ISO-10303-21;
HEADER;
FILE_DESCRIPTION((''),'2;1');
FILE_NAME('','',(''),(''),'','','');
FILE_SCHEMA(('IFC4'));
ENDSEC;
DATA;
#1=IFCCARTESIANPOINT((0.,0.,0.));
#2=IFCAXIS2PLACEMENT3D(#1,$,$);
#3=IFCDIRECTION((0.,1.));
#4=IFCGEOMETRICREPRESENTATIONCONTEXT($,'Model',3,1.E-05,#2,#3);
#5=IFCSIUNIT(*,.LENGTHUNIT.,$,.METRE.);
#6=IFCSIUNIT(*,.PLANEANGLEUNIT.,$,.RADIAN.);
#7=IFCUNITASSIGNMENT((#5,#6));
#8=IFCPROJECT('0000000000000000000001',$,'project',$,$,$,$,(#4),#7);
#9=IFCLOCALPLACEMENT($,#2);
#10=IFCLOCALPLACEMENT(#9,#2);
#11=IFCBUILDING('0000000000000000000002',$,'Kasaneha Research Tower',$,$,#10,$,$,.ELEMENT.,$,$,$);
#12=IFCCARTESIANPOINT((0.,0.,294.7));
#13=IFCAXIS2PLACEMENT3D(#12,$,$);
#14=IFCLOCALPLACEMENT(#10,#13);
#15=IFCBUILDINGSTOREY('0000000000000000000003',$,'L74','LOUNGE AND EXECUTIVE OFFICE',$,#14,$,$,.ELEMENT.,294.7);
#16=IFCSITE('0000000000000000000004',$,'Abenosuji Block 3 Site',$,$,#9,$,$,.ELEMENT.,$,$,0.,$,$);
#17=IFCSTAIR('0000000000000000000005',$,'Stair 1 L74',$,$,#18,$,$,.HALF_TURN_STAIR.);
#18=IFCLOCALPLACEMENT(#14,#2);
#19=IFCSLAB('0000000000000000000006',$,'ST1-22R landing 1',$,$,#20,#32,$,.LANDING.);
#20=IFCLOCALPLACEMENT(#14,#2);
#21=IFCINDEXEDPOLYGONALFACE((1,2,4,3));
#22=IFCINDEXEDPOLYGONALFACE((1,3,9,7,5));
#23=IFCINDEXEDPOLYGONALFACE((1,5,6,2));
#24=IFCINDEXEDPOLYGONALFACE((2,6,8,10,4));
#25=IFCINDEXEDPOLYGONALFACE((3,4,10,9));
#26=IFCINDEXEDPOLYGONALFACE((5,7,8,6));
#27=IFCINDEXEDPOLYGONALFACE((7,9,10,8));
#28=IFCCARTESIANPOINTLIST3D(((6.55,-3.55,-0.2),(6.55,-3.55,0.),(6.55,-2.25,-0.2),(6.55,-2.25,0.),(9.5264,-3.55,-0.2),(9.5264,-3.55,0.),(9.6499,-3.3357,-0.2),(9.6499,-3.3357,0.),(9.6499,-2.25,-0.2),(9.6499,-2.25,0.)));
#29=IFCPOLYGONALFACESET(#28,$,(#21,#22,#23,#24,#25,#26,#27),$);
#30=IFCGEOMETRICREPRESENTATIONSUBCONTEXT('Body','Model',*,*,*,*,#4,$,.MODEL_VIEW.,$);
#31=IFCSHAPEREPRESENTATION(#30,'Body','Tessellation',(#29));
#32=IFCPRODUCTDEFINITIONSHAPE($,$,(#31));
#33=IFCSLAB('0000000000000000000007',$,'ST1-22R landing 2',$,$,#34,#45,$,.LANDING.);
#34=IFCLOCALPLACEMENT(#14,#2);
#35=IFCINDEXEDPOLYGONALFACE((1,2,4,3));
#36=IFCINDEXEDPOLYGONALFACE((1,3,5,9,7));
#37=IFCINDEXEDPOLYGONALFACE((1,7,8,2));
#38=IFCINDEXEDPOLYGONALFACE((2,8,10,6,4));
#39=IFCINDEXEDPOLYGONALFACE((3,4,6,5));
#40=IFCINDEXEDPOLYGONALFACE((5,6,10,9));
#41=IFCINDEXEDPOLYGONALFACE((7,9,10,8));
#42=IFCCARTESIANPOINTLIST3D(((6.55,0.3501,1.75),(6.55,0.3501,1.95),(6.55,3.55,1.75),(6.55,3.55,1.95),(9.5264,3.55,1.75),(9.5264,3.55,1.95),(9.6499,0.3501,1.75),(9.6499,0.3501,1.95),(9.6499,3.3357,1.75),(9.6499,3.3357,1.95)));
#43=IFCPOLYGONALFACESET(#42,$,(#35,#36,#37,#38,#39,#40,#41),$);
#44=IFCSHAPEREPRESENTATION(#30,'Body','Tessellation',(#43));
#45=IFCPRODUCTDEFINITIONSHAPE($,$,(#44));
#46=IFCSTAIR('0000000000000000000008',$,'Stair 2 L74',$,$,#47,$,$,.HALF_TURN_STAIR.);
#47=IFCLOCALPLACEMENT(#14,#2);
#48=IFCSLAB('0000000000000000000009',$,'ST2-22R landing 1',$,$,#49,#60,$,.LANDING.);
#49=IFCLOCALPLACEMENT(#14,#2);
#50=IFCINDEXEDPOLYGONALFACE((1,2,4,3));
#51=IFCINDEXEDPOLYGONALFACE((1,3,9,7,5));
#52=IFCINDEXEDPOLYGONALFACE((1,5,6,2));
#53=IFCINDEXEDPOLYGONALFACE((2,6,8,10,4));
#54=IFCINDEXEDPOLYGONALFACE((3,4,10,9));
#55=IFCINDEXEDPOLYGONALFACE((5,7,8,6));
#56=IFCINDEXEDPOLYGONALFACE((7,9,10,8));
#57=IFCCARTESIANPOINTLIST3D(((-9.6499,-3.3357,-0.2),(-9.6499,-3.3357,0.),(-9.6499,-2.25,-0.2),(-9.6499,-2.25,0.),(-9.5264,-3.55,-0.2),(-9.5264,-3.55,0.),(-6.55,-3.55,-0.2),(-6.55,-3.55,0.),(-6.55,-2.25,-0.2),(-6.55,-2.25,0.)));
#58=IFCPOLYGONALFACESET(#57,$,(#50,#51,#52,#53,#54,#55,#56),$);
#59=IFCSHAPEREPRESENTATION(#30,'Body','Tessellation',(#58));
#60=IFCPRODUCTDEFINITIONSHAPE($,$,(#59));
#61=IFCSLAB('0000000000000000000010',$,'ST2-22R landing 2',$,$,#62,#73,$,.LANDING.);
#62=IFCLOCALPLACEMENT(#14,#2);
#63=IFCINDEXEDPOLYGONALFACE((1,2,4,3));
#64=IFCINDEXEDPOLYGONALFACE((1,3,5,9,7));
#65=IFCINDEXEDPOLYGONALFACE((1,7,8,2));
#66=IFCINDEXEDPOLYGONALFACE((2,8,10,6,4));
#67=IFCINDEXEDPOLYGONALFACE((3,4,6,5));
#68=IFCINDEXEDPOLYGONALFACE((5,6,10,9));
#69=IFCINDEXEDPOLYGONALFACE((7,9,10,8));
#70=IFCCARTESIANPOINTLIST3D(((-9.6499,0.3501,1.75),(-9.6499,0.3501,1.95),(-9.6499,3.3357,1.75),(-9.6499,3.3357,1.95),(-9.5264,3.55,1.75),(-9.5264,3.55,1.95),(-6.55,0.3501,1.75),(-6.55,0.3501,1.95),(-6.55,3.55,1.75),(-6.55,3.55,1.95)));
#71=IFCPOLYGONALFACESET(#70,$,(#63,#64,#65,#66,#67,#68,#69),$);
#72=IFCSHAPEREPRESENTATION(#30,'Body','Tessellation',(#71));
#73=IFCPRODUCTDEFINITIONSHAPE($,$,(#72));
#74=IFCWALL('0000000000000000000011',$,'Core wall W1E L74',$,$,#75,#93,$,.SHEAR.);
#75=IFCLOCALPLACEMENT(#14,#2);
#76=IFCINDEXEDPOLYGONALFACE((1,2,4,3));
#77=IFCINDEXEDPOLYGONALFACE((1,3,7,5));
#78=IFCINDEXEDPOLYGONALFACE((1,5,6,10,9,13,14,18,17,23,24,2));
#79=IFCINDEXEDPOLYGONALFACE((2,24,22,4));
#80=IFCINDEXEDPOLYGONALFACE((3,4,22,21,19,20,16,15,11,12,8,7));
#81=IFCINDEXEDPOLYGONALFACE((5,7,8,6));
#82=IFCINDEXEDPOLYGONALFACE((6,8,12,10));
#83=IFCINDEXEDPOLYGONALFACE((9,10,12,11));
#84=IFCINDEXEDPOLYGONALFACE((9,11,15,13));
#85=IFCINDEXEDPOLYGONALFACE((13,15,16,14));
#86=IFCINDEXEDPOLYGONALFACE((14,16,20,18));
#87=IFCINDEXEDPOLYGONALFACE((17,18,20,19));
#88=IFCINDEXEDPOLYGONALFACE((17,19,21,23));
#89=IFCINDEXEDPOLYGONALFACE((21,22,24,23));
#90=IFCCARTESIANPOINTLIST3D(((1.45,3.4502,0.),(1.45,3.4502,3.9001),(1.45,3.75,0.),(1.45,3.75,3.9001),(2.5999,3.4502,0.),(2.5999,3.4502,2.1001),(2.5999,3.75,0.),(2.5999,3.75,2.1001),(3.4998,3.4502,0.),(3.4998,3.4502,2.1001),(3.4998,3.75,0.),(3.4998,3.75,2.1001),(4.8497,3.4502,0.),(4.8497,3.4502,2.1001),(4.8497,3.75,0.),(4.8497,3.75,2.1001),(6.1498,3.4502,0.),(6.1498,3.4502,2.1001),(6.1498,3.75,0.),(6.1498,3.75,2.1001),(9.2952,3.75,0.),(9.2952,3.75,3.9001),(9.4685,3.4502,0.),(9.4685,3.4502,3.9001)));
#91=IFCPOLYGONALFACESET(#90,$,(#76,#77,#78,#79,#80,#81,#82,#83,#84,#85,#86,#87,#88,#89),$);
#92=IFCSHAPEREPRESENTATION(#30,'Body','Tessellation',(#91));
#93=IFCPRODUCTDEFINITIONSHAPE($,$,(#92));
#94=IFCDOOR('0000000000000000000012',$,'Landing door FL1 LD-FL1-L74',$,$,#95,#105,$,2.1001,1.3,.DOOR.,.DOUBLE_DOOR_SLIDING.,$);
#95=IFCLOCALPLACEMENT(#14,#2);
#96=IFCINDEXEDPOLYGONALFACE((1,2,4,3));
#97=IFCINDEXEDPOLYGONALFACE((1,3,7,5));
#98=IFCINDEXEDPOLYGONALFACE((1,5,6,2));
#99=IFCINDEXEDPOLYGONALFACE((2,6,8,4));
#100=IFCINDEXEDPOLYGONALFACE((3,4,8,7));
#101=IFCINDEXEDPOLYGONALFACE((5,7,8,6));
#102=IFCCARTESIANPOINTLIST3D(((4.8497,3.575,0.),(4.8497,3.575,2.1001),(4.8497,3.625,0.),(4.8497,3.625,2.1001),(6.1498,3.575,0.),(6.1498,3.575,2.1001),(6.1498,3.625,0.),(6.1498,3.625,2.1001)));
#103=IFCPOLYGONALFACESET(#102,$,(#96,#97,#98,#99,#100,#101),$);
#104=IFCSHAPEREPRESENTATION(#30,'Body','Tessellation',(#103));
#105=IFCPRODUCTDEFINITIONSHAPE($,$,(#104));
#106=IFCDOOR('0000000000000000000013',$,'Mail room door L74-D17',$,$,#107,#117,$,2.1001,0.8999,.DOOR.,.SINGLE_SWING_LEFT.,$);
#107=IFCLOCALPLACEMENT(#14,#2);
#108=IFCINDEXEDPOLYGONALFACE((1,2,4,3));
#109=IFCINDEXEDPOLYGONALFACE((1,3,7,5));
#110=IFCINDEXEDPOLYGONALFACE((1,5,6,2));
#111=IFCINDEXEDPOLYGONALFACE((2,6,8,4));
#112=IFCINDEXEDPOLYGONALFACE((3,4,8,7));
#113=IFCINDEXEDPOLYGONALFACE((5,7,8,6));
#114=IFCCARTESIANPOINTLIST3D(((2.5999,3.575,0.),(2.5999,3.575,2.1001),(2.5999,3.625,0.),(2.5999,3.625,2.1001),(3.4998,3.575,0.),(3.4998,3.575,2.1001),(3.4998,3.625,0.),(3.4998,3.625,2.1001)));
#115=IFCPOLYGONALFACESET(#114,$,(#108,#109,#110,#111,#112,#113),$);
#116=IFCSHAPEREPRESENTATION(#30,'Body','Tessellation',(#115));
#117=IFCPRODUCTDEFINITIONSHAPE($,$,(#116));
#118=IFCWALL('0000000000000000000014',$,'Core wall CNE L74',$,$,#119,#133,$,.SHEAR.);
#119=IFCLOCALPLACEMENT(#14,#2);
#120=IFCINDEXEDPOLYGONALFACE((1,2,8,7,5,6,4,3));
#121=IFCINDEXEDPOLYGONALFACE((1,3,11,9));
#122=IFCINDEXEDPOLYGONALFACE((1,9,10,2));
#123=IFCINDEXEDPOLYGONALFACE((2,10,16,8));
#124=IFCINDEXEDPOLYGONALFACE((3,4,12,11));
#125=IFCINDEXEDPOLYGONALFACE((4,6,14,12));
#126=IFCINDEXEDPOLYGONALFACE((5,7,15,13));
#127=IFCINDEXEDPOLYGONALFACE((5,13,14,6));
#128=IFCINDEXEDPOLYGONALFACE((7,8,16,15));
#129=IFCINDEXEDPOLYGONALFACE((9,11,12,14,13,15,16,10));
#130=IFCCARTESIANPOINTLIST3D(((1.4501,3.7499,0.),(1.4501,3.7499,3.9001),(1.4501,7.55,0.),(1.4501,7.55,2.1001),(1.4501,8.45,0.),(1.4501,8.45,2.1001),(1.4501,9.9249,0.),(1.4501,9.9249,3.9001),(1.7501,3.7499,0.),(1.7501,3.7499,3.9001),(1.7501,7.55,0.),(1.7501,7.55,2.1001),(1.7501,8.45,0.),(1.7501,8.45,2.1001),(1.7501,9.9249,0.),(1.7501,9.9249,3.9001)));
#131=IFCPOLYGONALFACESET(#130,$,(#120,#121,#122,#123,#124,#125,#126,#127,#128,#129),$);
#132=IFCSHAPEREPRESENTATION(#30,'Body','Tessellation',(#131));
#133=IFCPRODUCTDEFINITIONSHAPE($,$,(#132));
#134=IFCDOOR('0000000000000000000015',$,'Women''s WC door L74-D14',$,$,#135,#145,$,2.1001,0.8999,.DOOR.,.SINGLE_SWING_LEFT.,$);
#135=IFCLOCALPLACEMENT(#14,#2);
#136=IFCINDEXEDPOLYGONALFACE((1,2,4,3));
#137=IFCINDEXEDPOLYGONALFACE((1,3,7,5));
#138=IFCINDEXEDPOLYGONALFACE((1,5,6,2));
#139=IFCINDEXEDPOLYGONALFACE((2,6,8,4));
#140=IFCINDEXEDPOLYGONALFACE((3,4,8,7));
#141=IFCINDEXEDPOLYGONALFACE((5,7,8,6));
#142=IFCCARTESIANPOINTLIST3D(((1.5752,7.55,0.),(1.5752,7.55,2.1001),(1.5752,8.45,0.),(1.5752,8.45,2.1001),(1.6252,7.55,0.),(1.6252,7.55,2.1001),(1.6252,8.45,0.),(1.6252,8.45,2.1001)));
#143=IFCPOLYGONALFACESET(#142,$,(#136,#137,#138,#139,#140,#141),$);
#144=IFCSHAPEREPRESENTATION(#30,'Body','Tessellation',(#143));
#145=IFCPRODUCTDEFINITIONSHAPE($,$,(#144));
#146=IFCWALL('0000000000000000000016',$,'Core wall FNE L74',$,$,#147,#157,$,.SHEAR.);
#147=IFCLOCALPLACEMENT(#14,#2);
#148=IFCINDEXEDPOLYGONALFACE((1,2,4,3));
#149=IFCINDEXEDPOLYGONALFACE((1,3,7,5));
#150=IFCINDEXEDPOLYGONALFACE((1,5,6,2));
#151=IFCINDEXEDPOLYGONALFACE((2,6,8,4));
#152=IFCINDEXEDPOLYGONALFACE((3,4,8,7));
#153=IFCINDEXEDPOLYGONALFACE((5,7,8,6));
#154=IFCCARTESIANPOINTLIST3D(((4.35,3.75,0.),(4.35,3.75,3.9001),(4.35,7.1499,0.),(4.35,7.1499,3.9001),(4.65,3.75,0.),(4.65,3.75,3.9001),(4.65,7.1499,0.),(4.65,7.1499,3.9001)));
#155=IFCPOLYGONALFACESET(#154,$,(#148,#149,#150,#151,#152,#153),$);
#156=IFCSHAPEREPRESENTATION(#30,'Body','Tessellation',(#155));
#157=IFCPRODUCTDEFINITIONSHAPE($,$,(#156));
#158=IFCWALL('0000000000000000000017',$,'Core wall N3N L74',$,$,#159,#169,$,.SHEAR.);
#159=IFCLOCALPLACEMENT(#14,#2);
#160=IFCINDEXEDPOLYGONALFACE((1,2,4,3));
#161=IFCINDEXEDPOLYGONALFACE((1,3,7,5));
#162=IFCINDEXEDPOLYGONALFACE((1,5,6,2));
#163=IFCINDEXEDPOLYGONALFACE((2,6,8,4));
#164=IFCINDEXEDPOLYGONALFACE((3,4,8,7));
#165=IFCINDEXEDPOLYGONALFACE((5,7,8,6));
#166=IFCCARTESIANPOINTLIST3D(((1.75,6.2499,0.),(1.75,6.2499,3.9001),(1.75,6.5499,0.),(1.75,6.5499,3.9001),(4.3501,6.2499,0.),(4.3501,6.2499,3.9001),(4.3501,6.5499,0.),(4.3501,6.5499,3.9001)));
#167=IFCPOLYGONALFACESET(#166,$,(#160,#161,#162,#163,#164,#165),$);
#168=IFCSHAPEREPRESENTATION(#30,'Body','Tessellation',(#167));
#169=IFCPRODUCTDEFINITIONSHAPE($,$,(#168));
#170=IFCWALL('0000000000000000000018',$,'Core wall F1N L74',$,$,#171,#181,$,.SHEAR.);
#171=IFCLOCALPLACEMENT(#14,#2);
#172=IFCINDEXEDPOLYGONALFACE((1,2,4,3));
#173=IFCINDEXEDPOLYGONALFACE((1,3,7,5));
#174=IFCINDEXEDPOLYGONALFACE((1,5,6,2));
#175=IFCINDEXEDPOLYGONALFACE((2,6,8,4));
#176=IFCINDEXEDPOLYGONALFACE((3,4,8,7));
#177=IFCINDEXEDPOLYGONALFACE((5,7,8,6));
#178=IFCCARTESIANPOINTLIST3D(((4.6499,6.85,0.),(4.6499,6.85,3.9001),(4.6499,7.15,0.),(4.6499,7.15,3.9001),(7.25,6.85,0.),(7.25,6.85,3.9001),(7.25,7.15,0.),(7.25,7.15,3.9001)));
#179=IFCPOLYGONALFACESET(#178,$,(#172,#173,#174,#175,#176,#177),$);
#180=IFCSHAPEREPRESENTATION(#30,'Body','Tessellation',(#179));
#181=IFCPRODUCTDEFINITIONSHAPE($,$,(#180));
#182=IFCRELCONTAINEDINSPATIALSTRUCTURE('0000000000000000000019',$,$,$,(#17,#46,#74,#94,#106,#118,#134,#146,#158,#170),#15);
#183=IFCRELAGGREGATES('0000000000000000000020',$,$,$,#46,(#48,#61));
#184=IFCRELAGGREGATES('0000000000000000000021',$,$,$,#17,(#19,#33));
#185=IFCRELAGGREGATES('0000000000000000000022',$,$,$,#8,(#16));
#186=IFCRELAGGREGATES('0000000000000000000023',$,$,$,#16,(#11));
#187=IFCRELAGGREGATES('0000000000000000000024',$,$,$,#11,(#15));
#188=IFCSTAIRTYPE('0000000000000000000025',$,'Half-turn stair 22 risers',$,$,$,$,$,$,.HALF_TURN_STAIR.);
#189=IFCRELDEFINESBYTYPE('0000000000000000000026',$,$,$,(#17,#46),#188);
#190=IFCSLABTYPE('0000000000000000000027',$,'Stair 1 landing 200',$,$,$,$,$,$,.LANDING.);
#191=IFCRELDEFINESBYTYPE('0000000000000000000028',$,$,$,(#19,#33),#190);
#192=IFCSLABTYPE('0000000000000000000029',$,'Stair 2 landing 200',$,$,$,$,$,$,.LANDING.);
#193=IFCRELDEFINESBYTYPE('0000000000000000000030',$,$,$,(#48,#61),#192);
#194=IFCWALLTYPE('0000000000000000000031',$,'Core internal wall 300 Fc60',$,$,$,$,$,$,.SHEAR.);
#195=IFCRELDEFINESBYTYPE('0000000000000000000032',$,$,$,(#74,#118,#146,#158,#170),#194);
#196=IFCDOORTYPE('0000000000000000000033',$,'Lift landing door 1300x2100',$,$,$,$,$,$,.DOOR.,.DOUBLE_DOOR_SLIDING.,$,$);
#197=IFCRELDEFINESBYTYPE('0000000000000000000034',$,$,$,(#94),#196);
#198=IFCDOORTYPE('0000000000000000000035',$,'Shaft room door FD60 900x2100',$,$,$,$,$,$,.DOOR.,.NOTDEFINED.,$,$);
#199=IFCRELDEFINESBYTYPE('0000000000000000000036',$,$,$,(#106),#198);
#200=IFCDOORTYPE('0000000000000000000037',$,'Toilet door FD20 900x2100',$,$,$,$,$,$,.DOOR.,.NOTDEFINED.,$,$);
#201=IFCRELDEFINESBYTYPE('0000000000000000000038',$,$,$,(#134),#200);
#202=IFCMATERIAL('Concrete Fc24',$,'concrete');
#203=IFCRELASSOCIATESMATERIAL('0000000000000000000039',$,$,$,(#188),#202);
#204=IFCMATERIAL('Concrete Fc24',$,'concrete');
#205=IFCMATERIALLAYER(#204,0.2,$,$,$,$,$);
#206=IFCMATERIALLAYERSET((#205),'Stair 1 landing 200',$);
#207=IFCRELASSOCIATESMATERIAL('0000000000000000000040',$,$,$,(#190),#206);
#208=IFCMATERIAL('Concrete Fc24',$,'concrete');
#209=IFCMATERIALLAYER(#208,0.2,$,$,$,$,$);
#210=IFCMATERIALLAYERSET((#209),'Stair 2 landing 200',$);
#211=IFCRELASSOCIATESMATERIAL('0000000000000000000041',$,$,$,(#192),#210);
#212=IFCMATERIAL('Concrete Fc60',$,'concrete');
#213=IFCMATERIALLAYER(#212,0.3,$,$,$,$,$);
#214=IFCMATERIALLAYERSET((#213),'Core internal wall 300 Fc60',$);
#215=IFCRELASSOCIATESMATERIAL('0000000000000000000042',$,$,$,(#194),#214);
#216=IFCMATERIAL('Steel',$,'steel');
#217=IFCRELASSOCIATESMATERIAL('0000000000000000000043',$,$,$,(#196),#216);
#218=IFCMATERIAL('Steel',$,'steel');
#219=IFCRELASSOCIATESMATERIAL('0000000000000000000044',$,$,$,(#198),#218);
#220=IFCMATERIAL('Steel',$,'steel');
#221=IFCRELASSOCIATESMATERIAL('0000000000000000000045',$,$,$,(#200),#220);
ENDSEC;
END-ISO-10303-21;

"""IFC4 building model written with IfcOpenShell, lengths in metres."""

from ifc_helpers import new_model, si_unit, direction, frame, frame_2d, origin, place, context, subcontext, project, spatial, polyline, rectangle, outline, extrude, material, layer, layer_set, type_object, element, fill, aggregate, save


model = new_model("IFC4")

# Units and contexts
model_context = context("Model", 3, precision=1e-05, world=origin(), true_north=direction((0.0, 1.0)))
body_context = subcontext(model_context, "Body", "Model", "MODEL_VIEW")
ifc_project = project(units=[si_unit("LENGTHUNIT", "METRE"), si_unit("PLANEANGLEUNIT", "RADIAN")], contexts=[model_context])

# Site, building, storey
site_placement = place(None, origin())
site = spatial("IfcSite", under=ifc_project, at=site_placement, Name="Abenosuji Block 3 Site", CompositionType="ELEMENT", RefElevation=0.0)
building_placement = place(site_placement, origin())
building = spatial("IfcBuilding", under=site, at=building_placement, Name="Kasaneha Research Tower", CompositionType="ELEMENT")
storey_placement = place(building_placement, frame((0.0, 0.0, 294.7)))
storey = spatial("IfcBuildingStorey", under=building, at=storey_placement, Name="L74", Description="LOUNGE AND EXECUTIVE OFFICE", CompositionType="ELEMENT", Elevation=294.7)

# Stairs, slabs
ifc_material_1 = material(Name="Concrete Fc24", Category="concrete")
stair_type = type_object("IfcStairType", Name="Half-turn stair 22 risers", PredefinedType="HALF_TURN_STAIR", material=ifc_material_1)
stair_1_placement = place(storey_placement, origin())
stair_1 = element("IfcStair", 1, at=stair_1_placement, inside=storey, type_object=stair_type, Name="Stair 1 L74", PredefinedType="HALF_TURN_STAIR")
ifc_material_2 = material(Name="Concrete Fc24", Category="concrete")
ifc_layer_1 = layer(ifc_material_2, 0.2)
ifc_layer_set_1 = layer_set([ifc_layer_1], Name="Stair 1 landing 200")
slab_type_1 = type_object("IfcSlabType", Name="Stair 1 landing 200", PredefinedType="LANDING", material=ifc_layer_set_1)
slab_1_placement = place(storey_placement, frame((0.0, 0.0, -0.2)))
slab_1 = element("IfcSlab", 2, at=slab_1_placement, type_object=slab_type_1, Name="ST1-22R landing 1", PredefinedType="LANDING", context=body_context, shape_type="SweptSolid", body=[
    extrude(outline(polyline([(9.5264, -3.55), (6.55, -3.55), (6.55, -2.25), (9.6499, -2.25), (9.6499, -3.3357), (9.5264, -3.55)])), origin(), (0.0, 0.0, 1.0), 0.2),
])
slab_2_placement = place(storey_placement, frame((0.0, 0.0, 1.75)))
slab_2 = element("IfcSlab", 3, at=slab_2_placement, type_object=slab_type_1, Name="ST1-22R landing 2", PredefinedType="LANDING", context=body_context, shape_type="SweptSolid", body=[
    extrude(outline(polyline([(6.55, 3.55), (9.5264, 3.55), (9.6499, 3.3357), (9.6499, 0.3501), (6.55, 0.3501), (6.55, 3.55)])), origin(), (0.0, 0.0, 1.0), 0.2),
])
stair_2_placement = place(storey_placement, origin())
stair_2 = element("IfcStair", 4, at=stair_2_placement, inside=storey, type_object=stair_type, Name="Stair 2 L74", PredefinedType="HALF_TURN_STAIR")
ifc_material_3 = material(Name="Concrete Fc24", Category="concrete")
ifc_layer_2 = layer(ifc_material_3, 0.2)
ifc_layer_set_2 = layer_set([ifc_layer_2], Name="Stair 2 landing 200")
slab_type_2 = type_object("IfcSlabType", Name="Stair 2 landing 200", PredefinedType="LANDING", material=ifc_layer_set_2)
slab_3_placement = place(storey_placement, frame((0.0, 0.0, -0.2)))
slab_3 = element("IfcSlab", 5, at=slab_3_placement, type_object=slab_type_2, Name="ST2-22R landing 1", PredefinedType="LANDING", context=body_context, shape_type="SweptSolid", body=[
    extrude(outline(polyline([(-6.55, -3.55), (-9.5264, -3.55), (-9.6499, -3.3357), (-9.6499, -2.25), (-6.55, -2.25), (-6.55, -3.55)])), origin(), (0.0, 0.0, 1.0), 0.2),
])
slab_4_placement = place(storey_placement, frame((0.0, 0.0, 1.75)))
slab_4 = element("IfcSlab", 6, at=slab_4_placement, type_object=slab_type_2, Name="ST2-22R landing 2", PredefinedType="LANDING", context=body_context, shape_type="SweptSolid", body=[
    extrude(outline(polyline([(-6.55, 0.3501), (-9.6499, 0.3501), (-9.6499, 3.3357), (-9.5264, 3.55), (-6.55, 3.55), (-6.55, 0.3501)])), origin(), (0.0, 0.0, 1.0), 0.2),
])
aggregate(stair_2, [slab_3, slab_4])

# Wall, openings, doors
ifc_material_4 = material(Name="Concrete Fc60", Category="concrete")
ifc_layer_3 = layer(ifc_material_4, 0.3)
ifc_layer_set_3 = layer_set([ifc_layer_3], Name="Core internal wall 300 Fc60")
wall_type_1 = type_object("IfcWallType", Name="Core internal wall 300 Fc60", PredefinedType="SHEAR", material=ifc_layer_set_3)
wall_1_placement = place(storey_placement, frame((1.45, 3.6001, 0.0), z_axis=(0.0, 0.0, 1.0), x_axis=(1.0, 0.0, 0.0)))
wall_1 = element("IfcWall", 7, at=wall_1_placement, inside=storey, type_object=wall_type_1, Name="Core wall W1E L74", PredefinedType="SHEAR", context=body_context, shape_type="SweptSolid", body=[
    extrude(outline(polyline([(0.0, -0.1499), (1.1499, -0.1499), (2.0498, -0.1499), (3.3999, -0.1499), (4.7, -0.1499), (8.0186, -0.1499), (7.8452, 0.1499), (4.7, 0.1499), (3.3999, 0.1499), (2.0498, 0.1499), (1.1499, 0.1499), (0.0, 0.1499), (0.0, -0.1499)])), origin(), (0.0, 0.0, 1.0), 3.9001),
])
opening_1_placement = place(wall_1_placement, frame((1.1499, 0.0, 0.0)))
opening_1 = element("IfcOpeningElement", 8, at=opening_1_placement, cuts=wall_1, PredefinedType="OPENING", context=body_context, shape_type="SweptSolid", body=[
    extrude(rectangle(XDim=0.8999, YDim=2.1001, at=frame_2d((0.45, 1.05))), frame((0.0, 0.1602, 0.0), z_axis=(0.0, -1.0, 0.0), x_axis=(1.0, 0.0, 0.0)), (0.0, 0.0, 1.0), 0.3201),
])
opening_2_placement = place(wall_1_placement, frame((3.3999, 0.0, 0.0)))
opening_2 = element("IfcOpeningElement", 9, at=opening_2_placement, cuts=wall_1, PredefinedType="OPENING", context=body_context, shape_type="SweptSolid", body=[
    extrude(rectangle(XDim=1.3, YDim=2.1001, at=frame_2d((0.6499, 1.05))), frame((0.0, 0.1602, 0.0), z_axis=(0.0, -1.0, 0.0), x_axis=(1.0, 0.0, 0.0)), (0.0, 0.0, 1.0), 0.3201),
])
ifc_material_5 = material(Name="Steel", Category="steel")
door_type_1 = type_object("IfcDoorType", Name="Lift landing door 1300x2100", OperationType="DOUBLE_DOOR_SLIDING", PredefinedType="DOOR", material=ifc_material_5)
door_1_placement = place(opening_2_placement, origin())
door_1 = element("IfcDoor", 10, at=door_1_placement, inside=storey, type_object=door_type_1, Name="Landing door FL1 LD-FL1-L74", OperationType="DOUBLE_DOOR_SLIDING", OverallHeight=2.1001, OverallWidth=1.3, PredefinedType="DOOR", context=body_context, shape_type="SweptSolid", body=[
    extrude(rectangle(XDim=1.3, YDim=2.1001, at=frame_2d((0.6499, 1.05))), frame((0.0, 0.0249, 0.0), z_axis=(0.0, -1.0, 0.0), x_axis=(1.0, 0.0, 0.0)), (0.0, 0.0, 1.0), 0.05),
])
fill(opening_2, door_1)
ifc_material_6 = material(Name="Steel", Category="steel")
door_type_2 = type_object("IfcDoorType", Name="Shaft room door FD60 900x2100", OperationType="NOTDEFINED", PredefinedType="DOOR", material=ifc_material_6)
door_2_placement = place(opening_1_placement, origin())
door_2 = element("IfcDoor", 11, at=door_2_placement, inside=storey, type_object=door_type_2, Name="Mail room door L74-D17", OperationType="SINGLE_SWING_LEFT", OverallHeight=2.1001, OverallWidth=0.8999, PredefinedType="DOOR", context=body_context, shape_type="SweptSolid", body=[
    extrude(rectangle(XDim=0.8999, YDim=2.1001, at=frame_2d((0.45, 1.05))), frame((0.0, 0.0249, 0.0), z_axis=(0.0, -1.0, 0.0), x_axis=(1.0, 0.0, 0.0)), (0.0, 0.0, 1.0), 0.05),
])
fill(opening_1, door_2)

# Wall, opening, door
wall_2_placement = place(storey_placement, frame((1.6001, 3.75, 0.0), z_axis=(0.0, 0.0, 1.0), x_axis=(0.0, 1.0, 0.0)))
wall_2 = element("IfcWall", 12, at=wall_2_placement, inside=storey, type_object=wall_type_1, Name="Core wall CNE L74", PredefinedType="SHEAR", context=body_context, shape_type="SweptSolid", body=[
    extrude(rectangle(XDim=6.175, YDim=0.3, at=frame_2d((3.0874, 0.0))), origin(), (0.0, 0.0, 1.0), 3.9001),
])
opening_3_placement = place(wall_2_placement, frame((3.8, 0.0, 0.0)))
opening_3 = element("IfcOpeningElement", 13, at=opening_3_placement, cuts=wall_2, PredefinedType="OPENING", context=body_context, shape_type="SweptSolid", body=[
    extrude(rectangle(XDim=0.8999, YDim=2.1001, at=frame_2d((0.45, 1.05))), frame((0.0, 0.1602, 0.0), z_axis=(0.0, -1.0, 0.0), x_axis=(1.0, 0.0, 0.0)), (0.0, 0.0, 1.0), 0.3201),
])
ifc_material_7 = material(Name="Steel", Category="steel")
door_type_3 = type_object("IfcDoorType", Name="Toilet door FD20 900x2100", OperationType="NOTDEFINED", PredefinedType="DOOR", material=ifc_material_7)
door_3_placement = place(opening_3_placement, origin())
door_3 = element("IfcDoor", 14, at=door_3_placement, inside=storey, type_object=door_type_3, Name="Women's WC door L74-D14", OperationType="SINGLE_SWING_LEFT", OverallHeight=2.1001, OverallWidth=0.8999, PredefinedType="DOOR", context=body_context, shape_type="SweptSolid", body=[
    extrude(rectangle(XDim=0.8999, YDim=2.1001, at=frame_2d((0.45, 1.05))), frame((0.0, 0.0249, 0.0), z_axis=(0.0, -1.0, 0.0), x_axis=(1.0, 0.0, 0.0)), (0.0, 0.0, 1.0), 0.05),
])
fill(opening_3, door_3)

# Walls
wall_3_placement = place(storey_placement, frame((4.5, 3.75, 0.0), z_axis=(0.0, 0.0, 1.0), x_axis=(0.0, 1.0, 0.0)))
element("IfcWall", 15, at=wall_3_placement, inside=storey, type_object=wall_type_1, Name="Core wall FNE L74", PredefinedType="SHEAR", context=body_context, shape_type="SweptSolid", body=[
    extrude(rectangle(XDim=3.3999, YDim=0.3, at=frame_2d((1.7, 0.0))), origin(), (0.0, 0.0, 1.0), 3.9001),
])
for number, where, z_axis, x_axis, name in (
    (16, (1.75, 6.3999, 0.0), (0.0, 0.0, 1.0), (1.0, 0.0, 0.0), "Core wall N3N L74"),
    (17, (4.6499, 7.0, 0.0), (0.0, 0.0, 1.0), (1.0, 0.0, 0.0), "Core wall F1N L74"),
):
    element("IfcWall", number, at=place(storey_placement, frame(where, z_axis=z_axis, x_axis=x_axis)), inside=storey, type_object=wall_type_1, Name=name, PredefinedType="SHEAR", context=body_context, shape_type="SweptSolid", body=[
        extrude(rectangle(XDim=2.6001, YDim=0.3, at=frame_2d((1.3, 0.0))), origin(), (0.0, 0.0, 1.0), 3.9001),
    ])

aggregate(stair_1, [slab_1, slab_2])

save(model, "model.ifc")
